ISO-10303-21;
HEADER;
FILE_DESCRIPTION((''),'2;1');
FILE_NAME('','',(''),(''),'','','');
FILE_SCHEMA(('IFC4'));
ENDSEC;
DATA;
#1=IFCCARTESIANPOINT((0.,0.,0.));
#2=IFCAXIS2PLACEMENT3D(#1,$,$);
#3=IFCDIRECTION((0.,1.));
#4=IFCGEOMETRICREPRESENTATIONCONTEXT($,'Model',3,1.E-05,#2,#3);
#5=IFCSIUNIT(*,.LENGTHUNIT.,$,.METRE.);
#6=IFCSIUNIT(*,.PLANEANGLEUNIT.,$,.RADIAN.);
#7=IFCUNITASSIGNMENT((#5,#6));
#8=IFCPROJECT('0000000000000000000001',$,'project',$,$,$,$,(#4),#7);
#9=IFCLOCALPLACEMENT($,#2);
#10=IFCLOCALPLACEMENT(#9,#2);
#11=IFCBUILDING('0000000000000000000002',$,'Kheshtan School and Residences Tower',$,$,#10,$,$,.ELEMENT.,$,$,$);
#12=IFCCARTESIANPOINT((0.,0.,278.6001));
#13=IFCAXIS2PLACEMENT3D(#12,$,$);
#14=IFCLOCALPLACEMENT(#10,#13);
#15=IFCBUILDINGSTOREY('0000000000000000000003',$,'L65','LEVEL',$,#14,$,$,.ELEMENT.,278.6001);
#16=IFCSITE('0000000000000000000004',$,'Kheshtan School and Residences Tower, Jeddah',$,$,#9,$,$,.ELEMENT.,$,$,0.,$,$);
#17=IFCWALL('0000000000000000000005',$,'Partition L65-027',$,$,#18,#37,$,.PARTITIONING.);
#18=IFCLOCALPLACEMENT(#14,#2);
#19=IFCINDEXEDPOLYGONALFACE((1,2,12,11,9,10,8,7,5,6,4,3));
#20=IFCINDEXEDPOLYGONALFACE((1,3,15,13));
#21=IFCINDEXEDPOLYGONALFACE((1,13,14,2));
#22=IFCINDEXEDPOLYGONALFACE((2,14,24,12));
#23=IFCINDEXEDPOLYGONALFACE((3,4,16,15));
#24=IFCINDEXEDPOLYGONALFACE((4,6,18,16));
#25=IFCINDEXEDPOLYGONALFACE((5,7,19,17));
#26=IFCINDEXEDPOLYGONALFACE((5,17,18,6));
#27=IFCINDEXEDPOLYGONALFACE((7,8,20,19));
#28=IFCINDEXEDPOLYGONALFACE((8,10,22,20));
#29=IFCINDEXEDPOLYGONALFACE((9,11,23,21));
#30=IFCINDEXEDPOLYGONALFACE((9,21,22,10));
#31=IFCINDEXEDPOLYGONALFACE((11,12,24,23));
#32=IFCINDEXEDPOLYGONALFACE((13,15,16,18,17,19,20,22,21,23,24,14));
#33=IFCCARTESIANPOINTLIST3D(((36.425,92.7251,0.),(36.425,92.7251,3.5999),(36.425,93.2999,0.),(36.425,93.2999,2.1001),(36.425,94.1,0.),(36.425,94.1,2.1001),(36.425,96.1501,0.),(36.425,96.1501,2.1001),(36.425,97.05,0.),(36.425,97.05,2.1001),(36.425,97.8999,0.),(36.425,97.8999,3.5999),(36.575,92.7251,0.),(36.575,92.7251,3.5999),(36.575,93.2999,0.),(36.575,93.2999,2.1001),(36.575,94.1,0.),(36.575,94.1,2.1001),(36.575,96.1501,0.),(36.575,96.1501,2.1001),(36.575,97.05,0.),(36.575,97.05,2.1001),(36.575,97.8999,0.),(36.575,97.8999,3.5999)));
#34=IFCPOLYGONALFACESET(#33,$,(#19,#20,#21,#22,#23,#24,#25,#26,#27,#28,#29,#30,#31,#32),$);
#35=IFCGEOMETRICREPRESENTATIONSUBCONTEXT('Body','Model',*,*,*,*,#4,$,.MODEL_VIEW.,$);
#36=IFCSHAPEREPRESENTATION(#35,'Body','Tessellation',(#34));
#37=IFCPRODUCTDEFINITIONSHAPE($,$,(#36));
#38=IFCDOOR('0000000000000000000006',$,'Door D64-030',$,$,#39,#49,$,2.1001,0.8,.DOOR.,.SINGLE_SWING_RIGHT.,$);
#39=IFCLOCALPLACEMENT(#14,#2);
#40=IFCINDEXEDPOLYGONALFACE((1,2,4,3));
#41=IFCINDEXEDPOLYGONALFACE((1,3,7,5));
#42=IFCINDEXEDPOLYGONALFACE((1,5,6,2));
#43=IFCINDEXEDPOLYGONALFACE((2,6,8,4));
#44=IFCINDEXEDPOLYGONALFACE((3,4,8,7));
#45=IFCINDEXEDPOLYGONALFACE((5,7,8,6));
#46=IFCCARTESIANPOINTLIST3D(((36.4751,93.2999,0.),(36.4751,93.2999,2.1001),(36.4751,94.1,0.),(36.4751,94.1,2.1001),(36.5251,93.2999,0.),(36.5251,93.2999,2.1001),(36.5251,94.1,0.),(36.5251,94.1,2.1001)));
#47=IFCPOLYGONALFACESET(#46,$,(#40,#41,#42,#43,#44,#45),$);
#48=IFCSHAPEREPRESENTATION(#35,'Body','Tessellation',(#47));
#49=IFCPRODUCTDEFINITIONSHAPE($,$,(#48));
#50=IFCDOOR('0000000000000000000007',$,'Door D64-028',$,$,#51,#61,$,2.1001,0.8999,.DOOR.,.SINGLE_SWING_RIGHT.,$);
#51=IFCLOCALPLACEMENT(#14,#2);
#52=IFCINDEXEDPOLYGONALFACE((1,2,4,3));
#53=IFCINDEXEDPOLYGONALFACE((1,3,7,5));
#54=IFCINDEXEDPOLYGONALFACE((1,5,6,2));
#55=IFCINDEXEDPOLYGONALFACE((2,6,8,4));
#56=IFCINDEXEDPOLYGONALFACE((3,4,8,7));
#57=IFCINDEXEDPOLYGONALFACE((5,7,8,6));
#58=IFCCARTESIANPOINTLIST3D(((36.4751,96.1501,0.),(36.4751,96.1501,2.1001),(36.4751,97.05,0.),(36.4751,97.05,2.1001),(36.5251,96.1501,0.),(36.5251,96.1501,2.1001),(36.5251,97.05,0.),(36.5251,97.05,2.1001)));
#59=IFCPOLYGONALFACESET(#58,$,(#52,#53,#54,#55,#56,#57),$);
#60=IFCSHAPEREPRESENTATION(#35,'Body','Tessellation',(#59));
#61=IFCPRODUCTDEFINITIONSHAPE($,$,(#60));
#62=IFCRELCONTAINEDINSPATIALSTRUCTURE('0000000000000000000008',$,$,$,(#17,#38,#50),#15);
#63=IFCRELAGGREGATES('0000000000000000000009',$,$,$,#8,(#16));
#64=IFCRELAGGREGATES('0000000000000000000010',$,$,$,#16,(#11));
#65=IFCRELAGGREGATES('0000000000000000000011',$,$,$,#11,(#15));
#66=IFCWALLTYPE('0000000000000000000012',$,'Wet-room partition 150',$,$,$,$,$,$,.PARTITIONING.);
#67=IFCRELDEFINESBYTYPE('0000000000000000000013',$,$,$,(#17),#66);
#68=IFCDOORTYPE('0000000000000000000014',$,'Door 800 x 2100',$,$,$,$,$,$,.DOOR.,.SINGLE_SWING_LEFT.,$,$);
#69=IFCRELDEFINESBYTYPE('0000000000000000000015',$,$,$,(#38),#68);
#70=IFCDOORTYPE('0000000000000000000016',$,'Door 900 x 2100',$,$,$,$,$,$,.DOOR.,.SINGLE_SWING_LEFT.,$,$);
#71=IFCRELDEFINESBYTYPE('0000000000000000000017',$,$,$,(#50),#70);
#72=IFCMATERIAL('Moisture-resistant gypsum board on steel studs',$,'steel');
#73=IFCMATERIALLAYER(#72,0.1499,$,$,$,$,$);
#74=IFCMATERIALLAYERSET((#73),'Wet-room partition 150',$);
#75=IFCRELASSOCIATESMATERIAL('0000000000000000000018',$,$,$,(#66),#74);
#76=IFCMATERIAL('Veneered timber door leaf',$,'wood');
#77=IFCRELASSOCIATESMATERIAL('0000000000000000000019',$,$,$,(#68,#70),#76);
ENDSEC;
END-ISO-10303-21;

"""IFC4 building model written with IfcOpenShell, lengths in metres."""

from ifc_helpers import new_model, si_unit, direction, frame, frame_2d, origin, place, context, subcontext, project, spatial, rectangle, extrude, source, transform, mapped, material, layer, layer_set, type_object, element, fill, save


model = new_model("IFC4")

# Units and contexts
model_context = context("Model", 3, precision=1e-05, world=origin(), true_north=direction((0.0, 1.0)))
body_context = subcontext(model_context, "Body", "Model", "MODEL_VIEW")
ifc_project = project(units=[si_unit("LENGTHUNIT", "METRE"), si_unit("PLANEANGLEUNIT", "RADIAN")], contexts=[model_context])

# Site, building, storey
site_placement = place(None, origin())
site = spatial("IfcSite", under=ifc_project, at=site_placement, Name="Kheshtan School and Residences Tower, Jeddah", CompositionType="ELEMENT", RefElevation=0.0)
building_placement = place(site_placement, origin())
building = spatial("IfcBuilding", under=site, at=building_placement, Name="Kheshtan School and Residences Tower", CompositionType="ELEMENT")
storey_placement = place(building_placement, frame((0.0, 0.0, 278.6001)))
storey = spatial("IfcBuildingStorey", under=building, at=storey_placement, Name="L65", Description="LEVEL", CompositionType="ELEMENT", Elevation=278.6001)

# Shared definitions
ifc_material_1 = material(Name="Moisture-resistant gypsum board on steel studs", Category="steel")
ifc_layer_1 = layer(ifc_material_1, 0.1499)
ifc_layer_set_1 = layer_set([ifc_layer_1], Name="Wet-room partition 150")
wall_type_1 = type_object("IfcWallType", Name="Wet-room partition 150", PredefinedType="PARTITIONING", material=ifc_layer_set_1)

# Shared definitions
ifc_material_2 = material(Name="Veneered timber door leaf", Category="wood")
door_type_1 = type_object("IfcDoorType", Name="Door 800 x 2100", OperationType="SINGLE_SWING_LEFT", PredefinedType="DOOR", material=ifc_material_2)
shared_shape_1 = source(origin(), body_context, "Body", "SweptSolid", [
    extrude(rectangle(XDim=0.8, YDim=2.1001, at=frame_2d((0.3999, 1.05))), frame((0.0, 0.0249, 0.0), z_axis=(0.0, -1.0, 0.0), x_axis=(1.0, 0.0, 0.0)), (0.0, 0.0, 1.0), 0.05),
])

# Wall, openings, doors
wall_1_placement = place(storey_placement, frame((36.5, 92.7251, 0.0), z_axis=(0.0, 0.0, 1.0), x_axis=(0.0, 1.0, 0.0)))
wall_1 = element("IfcWall", 1, at=wall_1_placement, inside=storey, type_object=wall_type_1, Name="Partition L65-027", PredefinedType="PARTITIONING", context=body_context, shape_type="SweptSolid", body=[
    extrude(rectangle(XDim=5.1748, YDim=0.1499, at=frame_2d((2.5874, 0.0))), origin(), (0.0, 0.0, 1.0), 3.5999),
])
opening_1_placement = place(wall_1_placement, frame((3.425, 0.0, 0.0)))
opening_1 = element("IfcOpeningElement", 2, at=opening_1_placement, cuts=wall_1, PredefinedType="OPENING", context=body_context, shape_type="SweptSolid", body=[
    extrude(rectangle(XDim=0.8999, YDim=2.1001, at=frame_2d((0.45, 1.05))), frame((0.0, 0.085, 0.0), z_axis=(0.0, -1.0, 0.0), x_axis=(1.0, 0.0, 0.0)), (0.0, 0.0, 1.0), 0.1699),
])
opening_2_placement = place(wall_1_placement, frame((0.575, 0.0, 0.0)))
opening_2 = element("IfcOpeningElement", 3, at=opening_2_placement, cuts=wall_1, PredefinedType="OPENING", context=body_context, shape_type="SweptSolid", body=[
    extrude(rectangle(XDim=0.8, YDim=2.1001, at=frame_2d((0.3999, 1.05))), frame((0.0, 0.085, 0.0), z_axis=(0.0, -1.0, 0.0), x_axis=(1.0, 0.0, 0.0)), (0.0, 0.0, 1.0), 0.1699),
])
door_1_placement = place(opening_2_placement, origin())
door_1 = element("IfcDoor", 4, at=door_1_placement, inside=storey, type_object=door_type_1, Name="Door D64-030", OperationType="SINGLE_SWING_RIGHT", OverallHeight=2.1001, OverallWidth=0.8, PredefinedType="DOOR", context=body_context, shape_type="MappedRepresentation", body=[
    mapped(shared_shape_1, transform((0.0, 0.0, 0.0), x_axis=(1.0, 0.0, 0.0), y_axis=(0.0, 1.0, 0.0), z_axis=(0.0, 0.0, 1.0), scale=1.0)),
])
fill(opening_2, door_1)
door_type_2 = type_object("IfcDoorType", Name="Door 900 x 2100", OperationType="SINGLE_SWING_LEFT", PredefinedType="DOOR", material=ifc_material_2)
shared_shape_2 = source(origin(), body_context, "Body", "SweptSolid", [
    extrude(rectangle(XDim=0.8999, YDim=2.1001, at=frame_2d((0.45, 1.05))), frame((0.0, 0.0249, 0.0), z_axis=(0.0, -1.0, 0.0), x_axis=(1.0, 0.0, 0.0)), (0.0, 0.0, 1.0), 0.05),
])
door_2_placement = place(opening_1_placement, origin())
door_2 = element("IfcDoor", 5, at=door_2_placement, inside=storey, type_object=door_type_2, Name="Door D64-028", OperationType="SINGLE_SWING_RIGHT", OverallHeight=2.1001, OverallWidth=0.8999, PredefinedType="DOOR", context=body_context, shape_type="MappedRepresentation", body=[
    mapped(shared_shape_2, transform((0.0, 0.0, 0.0), x_axis=(1.0, 0.0, 0.0), y_axis=(0.0, 1.0, 0.0), z_axis=(0.0, 0.0, 1.0), scale=1.0)),
])
fill(opening_1, door_2)

save(model, "model.ifc")
